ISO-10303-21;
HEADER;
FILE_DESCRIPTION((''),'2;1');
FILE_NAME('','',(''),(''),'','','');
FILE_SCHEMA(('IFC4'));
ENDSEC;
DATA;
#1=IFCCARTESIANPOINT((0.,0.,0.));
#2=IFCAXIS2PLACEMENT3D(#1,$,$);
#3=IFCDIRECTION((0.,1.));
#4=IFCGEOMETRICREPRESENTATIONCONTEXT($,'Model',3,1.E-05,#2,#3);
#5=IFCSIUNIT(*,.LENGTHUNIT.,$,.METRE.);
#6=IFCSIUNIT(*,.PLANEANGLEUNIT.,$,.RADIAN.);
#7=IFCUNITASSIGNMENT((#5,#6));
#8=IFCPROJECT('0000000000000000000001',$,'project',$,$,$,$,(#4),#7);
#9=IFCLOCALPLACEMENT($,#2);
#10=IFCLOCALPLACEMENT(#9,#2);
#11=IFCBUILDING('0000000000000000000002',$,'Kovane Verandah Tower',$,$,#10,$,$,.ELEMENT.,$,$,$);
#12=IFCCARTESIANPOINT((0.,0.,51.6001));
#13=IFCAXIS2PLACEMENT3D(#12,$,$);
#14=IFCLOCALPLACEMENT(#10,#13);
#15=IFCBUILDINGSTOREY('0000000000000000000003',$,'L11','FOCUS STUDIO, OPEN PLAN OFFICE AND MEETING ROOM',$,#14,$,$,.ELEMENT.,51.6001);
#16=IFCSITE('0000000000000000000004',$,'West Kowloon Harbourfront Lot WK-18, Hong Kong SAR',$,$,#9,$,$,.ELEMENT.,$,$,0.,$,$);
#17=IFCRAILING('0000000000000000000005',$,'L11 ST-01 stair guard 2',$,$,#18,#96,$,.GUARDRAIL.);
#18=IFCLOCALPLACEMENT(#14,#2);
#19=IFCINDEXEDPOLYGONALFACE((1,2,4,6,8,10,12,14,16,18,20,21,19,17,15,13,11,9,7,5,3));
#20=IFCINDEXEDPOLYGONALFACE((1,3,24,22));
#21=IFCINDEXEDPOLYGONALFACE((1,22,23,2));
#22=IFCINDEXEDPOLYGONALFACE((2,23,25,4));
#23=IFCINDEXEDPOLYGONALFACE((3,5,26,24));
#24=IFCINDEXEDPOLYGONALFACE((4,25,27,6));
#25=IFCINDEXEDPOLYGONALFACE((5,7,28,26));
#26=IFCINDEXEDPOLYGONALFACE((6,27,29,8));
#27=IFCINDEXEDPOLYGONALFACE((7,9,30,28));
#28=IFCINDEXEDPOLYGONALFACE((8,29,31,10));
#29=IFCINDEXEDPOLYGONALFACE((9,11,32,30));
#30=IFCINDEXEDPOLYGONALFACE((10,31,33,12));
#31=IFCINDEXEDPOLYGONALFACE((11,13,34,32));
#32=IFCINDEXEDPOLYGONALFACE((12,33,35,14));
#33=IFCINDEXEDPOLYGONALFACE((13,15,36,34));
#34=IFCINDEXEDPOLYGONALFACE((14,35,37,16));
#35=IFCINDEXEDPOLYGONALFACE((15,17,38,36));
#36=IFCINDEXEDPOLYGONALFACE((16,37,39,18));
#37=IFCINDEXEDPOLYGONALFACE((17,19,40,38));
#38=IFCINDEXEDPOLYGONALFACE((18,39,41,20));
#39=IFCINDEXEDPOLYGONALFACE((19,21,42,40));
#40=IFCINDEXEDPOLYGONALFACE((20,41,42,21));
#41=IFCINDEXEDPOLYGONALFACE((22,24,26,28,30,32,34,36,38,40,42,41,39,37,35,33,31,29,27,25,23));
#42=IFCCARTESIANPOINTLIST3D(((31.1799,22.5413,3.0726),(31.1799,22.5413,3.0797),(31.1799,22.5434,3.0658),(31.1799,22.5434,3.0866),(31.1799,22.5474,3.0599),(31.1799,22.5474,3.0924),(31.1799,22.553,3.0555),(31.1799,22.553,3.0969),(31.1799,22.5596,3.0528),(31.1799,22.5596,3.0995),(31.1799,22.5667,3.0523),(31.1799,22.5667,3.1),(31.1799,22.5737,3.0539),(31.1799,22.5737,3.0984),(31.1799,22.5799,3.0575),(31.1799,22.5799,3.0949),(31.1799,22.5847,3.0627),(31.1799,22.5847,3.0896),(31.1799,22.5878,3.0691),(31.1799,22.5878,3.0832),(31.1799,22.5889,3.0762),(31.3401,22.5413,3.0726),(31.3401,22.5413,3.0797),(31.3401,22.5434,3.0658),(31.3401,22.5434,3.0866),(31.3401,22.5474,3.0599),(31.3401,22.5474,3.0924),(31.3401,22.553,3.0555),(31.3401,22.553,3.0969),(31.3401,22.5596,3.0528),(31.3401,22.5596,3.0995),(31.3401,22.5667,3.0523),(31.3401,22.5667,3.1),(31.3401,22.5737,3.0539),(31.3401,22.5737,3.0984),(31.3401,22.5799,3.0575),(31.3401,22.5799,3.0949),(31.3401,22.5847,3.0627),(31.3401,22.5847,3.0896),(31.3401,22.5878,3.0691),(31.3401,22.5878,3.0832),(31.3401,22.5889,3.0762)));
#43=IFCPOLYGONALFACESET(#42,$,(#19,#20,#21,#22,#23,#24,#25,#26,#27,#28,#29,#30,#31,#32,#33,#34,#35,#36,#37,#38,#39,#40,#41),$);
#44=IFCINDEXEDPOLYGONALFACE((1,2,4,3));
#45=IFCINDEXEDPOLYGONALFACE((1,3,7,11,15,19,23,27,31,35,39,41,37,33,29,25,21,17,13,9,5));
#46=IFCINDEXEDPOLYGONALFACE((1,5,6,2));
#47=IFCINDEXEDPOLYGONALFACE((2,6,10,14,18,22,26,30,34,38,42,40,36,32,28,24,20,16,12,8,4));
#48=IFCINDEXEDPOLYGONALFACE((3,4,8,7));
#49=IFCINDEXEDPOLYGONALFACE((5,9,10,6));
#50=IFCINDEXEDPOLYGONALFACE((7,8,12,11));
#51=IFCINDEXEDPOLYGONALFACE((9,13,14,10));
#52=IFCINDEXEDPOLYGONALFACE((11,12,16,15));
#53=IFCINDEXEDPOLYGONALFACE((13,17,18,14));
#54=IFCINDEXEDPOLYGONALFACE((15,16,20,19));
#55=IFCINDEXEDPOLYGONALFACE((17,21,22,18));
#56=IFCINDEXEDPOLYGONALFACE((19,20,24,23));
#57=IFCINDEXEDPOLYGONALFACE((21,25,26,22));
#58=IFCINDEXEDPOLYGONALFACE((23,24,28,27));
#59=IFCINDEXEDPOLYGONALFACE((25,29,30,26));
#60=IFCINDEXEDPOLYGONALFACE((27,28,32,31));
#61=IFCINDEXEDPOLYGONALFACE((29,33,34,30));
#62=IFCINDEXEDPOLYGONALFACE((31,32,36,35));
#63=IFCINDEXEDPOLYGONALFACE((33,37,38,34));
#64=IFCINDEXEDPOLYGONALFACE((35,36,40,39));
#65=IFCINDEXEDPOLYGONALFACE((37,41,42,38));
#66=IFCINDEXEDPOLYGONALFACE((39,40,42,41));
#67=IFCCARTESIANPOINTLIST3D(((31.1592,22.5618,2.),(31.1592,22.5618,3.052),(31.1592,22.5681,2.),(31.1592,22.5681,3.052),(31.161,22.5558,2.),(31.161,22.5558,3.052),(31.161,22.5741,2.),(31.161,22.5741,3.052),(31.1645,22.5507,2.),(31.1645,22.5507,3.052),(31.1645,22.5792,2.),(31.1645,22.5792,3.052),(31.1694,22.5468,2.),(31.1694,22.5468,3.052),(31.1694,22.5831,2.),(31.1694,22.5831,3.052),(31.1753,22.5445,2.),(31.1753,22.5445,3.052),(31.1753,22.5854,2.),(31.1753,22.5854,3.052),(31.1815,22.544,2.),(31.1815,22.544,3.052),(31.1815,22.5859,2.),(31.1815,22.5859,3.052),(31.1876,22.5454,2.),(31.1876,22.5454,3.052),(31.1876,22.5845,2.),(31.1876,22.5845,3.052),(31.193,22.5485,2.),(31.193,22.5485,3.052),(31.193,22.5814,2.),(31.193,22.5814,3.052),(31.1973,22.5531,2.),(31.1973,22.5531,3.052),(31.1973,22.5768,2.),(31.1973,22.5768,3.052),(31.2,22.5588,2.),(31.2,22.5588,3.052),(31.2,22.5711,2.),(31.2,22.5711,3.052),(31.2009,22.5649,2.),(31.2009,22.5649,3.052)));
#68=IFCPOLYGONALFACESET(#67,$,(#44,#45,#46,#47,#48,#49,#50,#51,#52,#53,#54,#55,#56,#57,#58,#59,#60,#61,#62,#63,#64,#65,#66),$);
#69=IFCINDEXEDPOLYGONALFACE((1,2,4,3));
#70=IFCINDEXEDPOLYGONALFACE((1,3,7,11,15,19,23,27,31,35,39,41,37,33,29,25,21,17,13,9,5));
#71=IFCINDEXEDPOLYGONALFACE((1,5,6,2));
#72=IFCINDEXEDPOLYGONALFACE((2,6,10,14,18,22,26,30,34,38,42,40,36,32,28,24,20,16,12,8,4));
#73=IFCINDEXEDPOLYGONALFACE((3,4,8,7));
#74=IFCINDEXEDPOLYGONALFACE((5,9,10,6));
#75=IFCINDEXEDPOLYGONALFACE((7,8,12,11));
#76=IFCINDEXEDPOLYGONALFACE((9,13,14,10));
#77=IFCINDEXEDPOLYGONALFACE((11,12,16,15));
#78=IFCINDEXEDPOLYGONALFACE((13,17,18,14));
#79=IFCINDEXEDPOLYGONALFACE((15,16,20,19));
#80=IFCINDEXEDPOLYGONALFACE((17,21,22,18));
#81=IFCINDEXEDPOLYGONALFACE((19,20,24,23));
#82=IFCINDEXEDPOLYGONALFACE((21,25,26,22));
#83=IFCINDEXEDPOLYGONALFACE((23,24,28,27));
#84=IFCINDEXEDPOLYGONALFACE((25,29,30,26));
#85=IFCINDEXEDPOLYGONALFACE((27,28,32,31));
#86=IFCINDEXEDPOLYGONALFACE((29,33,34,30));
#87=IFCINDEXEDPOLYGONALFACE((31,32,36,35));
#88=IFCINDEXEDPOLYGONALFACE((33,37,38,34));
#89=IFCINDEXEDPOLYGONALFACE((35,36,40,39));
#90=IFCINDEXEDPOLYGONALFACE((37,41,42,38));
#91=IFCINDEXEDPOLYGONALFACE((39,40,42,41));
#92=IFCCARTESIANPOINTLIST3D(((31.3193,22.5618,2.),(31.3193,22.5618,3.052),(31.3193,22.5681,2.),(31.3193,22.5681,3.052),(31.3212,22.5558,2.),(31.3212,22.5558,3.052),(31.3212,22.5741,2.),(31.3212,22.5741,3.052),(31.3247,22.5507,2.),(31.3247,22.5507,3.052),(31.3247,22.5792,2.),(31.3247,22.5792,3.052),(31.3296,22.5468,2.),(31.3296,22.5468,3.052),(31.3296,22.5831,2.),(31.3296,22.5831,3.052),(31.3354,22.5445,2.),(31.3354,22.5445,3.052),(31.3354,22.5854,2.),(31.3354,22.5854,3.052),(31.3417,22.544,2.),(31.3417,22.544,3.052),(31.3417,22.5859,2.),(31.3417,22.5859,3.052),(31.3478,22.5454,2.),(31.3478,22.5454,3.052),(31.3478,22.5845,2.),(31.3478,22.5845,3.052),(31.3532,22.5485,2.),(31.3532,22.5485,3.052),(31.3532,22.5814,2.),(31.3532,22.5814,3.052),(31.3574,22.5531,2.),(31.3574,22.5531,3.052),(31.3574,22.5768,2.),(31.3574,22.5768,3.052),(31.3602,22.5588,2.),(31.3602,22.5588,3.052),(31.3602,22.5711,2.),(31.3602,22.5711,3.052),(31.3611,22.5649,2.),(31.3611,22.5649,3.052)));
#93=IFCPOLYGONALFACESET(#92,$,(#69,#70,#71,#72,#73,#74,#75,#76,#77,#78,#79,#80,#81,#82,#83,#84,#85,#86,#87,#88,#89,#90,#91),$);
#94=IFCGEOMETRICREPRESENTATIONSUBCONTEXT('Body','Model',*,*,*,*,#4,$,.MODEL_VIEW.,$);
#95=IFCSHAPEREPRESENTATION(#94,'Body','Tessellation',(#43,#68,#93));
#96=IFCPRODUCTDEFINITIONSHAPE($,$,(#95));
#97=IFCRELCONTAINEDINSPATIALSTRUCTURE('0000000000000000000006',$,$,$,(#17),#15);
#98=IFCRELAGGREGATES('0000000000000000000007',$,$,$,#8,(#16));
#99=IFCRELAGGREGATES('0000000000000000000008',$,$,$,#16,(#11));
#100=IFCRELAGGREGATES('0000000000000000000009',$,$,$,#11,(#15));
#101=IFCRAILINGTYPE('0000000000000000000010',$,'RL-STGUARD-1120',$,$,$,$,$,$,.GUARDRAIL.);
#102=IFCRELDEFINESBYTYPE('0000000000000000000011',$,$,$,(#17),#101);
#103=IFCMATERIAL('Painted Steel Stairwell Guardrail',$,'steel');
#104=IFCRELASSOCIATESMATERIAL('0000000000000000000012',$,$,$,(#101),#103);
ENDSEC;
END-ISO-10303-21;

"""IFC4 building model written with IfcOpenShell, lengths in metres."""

from ifc_helpers import new_model, si_unit, direction, frame, origin, origin_2d, place, context, subcontext, project, spatial, circle, extrude, material, type_object, element, save


model = new_model("IFC4")

# Units and contexts
model_context = context("Model", 3, precision=1e-05, world=origin(), true_north=direction((0.0, 1.0)))
body_context = subcontext(model_context, "Body", "Model", "MODEL_VIEW")
ifc_project = project(units=[si_unit("LENGTHUNIT", "METRE"), si_unit("PLANEANGLEUNIT", "RADIAN")], contexts=[model_context])

# Site, building, storey
site_placement = place(None, origin())
site = spatial("IfcSite", under=ifc_project, at=site_placement, Name="West Kowloon Harbourfront Lot WK-18, Hong Kong SAR", CompositionType="ELEMENT", RefElevation=0.0)
building_placement = place(site_placement, origin())
building = spatial("IfcBuilding", under=site, at=building_placement, Name="Kovane Verandah Tower", CompositionType="ELEMENT")
storey_placement = place(building_placement, frame((0.0, 0.0, 51.6001)))
storey = spatial("IfcBuildingStorey", under=building, at=storey_placement, Name="L11", Description="FOCUS STUDIO, OPEN PLAN OFFICE AND MEETING ROOM", CompositionType="ELEMENT", Elevation=51.6001)

# Railing
ifc_material_1 = material(Name="Painted Steel Stairwell Guardrail", Category="steel")
railing_type_1 = type_object("IfcRailingType", Name="RL-STGUARD-1120", PredefinedType="GUARDRAIL", material=ifc_material_1)
railing_1_placement = place(storey_placement, frame((31.1799, 22.5649, 2.0)))
element("IfcRailing", 1, at=railing_1_placement, inside=storey, type_object=railing_type_1, Name="L11 ST-01 stair guard 2", PredefinedType="GUARDRAIL", context=body_context, shape_type="SweptSolid", body=[
    extrude(circle(Radius=0.0239, at=origin_2d()), frame((0.0, 0.0, 1.0762), z_axis=(1.0, 0.0, 0.0), x_axis=(0.0, 1.0, 0.0)), (0.0, 0.0, 1.0), 0.1602),
    extrude(circle(Radius=0.021, at=origin_2d()), origin(), (0.0, 0.0, 1.0), 1.052),
    extrude(circle(Radius=0.021, at=origin_2d()), frame((0.1602, 0.0, 0.0)), (0.0, 0.0, 1.0), 1.052),
])

save(model, "model.ifc")
